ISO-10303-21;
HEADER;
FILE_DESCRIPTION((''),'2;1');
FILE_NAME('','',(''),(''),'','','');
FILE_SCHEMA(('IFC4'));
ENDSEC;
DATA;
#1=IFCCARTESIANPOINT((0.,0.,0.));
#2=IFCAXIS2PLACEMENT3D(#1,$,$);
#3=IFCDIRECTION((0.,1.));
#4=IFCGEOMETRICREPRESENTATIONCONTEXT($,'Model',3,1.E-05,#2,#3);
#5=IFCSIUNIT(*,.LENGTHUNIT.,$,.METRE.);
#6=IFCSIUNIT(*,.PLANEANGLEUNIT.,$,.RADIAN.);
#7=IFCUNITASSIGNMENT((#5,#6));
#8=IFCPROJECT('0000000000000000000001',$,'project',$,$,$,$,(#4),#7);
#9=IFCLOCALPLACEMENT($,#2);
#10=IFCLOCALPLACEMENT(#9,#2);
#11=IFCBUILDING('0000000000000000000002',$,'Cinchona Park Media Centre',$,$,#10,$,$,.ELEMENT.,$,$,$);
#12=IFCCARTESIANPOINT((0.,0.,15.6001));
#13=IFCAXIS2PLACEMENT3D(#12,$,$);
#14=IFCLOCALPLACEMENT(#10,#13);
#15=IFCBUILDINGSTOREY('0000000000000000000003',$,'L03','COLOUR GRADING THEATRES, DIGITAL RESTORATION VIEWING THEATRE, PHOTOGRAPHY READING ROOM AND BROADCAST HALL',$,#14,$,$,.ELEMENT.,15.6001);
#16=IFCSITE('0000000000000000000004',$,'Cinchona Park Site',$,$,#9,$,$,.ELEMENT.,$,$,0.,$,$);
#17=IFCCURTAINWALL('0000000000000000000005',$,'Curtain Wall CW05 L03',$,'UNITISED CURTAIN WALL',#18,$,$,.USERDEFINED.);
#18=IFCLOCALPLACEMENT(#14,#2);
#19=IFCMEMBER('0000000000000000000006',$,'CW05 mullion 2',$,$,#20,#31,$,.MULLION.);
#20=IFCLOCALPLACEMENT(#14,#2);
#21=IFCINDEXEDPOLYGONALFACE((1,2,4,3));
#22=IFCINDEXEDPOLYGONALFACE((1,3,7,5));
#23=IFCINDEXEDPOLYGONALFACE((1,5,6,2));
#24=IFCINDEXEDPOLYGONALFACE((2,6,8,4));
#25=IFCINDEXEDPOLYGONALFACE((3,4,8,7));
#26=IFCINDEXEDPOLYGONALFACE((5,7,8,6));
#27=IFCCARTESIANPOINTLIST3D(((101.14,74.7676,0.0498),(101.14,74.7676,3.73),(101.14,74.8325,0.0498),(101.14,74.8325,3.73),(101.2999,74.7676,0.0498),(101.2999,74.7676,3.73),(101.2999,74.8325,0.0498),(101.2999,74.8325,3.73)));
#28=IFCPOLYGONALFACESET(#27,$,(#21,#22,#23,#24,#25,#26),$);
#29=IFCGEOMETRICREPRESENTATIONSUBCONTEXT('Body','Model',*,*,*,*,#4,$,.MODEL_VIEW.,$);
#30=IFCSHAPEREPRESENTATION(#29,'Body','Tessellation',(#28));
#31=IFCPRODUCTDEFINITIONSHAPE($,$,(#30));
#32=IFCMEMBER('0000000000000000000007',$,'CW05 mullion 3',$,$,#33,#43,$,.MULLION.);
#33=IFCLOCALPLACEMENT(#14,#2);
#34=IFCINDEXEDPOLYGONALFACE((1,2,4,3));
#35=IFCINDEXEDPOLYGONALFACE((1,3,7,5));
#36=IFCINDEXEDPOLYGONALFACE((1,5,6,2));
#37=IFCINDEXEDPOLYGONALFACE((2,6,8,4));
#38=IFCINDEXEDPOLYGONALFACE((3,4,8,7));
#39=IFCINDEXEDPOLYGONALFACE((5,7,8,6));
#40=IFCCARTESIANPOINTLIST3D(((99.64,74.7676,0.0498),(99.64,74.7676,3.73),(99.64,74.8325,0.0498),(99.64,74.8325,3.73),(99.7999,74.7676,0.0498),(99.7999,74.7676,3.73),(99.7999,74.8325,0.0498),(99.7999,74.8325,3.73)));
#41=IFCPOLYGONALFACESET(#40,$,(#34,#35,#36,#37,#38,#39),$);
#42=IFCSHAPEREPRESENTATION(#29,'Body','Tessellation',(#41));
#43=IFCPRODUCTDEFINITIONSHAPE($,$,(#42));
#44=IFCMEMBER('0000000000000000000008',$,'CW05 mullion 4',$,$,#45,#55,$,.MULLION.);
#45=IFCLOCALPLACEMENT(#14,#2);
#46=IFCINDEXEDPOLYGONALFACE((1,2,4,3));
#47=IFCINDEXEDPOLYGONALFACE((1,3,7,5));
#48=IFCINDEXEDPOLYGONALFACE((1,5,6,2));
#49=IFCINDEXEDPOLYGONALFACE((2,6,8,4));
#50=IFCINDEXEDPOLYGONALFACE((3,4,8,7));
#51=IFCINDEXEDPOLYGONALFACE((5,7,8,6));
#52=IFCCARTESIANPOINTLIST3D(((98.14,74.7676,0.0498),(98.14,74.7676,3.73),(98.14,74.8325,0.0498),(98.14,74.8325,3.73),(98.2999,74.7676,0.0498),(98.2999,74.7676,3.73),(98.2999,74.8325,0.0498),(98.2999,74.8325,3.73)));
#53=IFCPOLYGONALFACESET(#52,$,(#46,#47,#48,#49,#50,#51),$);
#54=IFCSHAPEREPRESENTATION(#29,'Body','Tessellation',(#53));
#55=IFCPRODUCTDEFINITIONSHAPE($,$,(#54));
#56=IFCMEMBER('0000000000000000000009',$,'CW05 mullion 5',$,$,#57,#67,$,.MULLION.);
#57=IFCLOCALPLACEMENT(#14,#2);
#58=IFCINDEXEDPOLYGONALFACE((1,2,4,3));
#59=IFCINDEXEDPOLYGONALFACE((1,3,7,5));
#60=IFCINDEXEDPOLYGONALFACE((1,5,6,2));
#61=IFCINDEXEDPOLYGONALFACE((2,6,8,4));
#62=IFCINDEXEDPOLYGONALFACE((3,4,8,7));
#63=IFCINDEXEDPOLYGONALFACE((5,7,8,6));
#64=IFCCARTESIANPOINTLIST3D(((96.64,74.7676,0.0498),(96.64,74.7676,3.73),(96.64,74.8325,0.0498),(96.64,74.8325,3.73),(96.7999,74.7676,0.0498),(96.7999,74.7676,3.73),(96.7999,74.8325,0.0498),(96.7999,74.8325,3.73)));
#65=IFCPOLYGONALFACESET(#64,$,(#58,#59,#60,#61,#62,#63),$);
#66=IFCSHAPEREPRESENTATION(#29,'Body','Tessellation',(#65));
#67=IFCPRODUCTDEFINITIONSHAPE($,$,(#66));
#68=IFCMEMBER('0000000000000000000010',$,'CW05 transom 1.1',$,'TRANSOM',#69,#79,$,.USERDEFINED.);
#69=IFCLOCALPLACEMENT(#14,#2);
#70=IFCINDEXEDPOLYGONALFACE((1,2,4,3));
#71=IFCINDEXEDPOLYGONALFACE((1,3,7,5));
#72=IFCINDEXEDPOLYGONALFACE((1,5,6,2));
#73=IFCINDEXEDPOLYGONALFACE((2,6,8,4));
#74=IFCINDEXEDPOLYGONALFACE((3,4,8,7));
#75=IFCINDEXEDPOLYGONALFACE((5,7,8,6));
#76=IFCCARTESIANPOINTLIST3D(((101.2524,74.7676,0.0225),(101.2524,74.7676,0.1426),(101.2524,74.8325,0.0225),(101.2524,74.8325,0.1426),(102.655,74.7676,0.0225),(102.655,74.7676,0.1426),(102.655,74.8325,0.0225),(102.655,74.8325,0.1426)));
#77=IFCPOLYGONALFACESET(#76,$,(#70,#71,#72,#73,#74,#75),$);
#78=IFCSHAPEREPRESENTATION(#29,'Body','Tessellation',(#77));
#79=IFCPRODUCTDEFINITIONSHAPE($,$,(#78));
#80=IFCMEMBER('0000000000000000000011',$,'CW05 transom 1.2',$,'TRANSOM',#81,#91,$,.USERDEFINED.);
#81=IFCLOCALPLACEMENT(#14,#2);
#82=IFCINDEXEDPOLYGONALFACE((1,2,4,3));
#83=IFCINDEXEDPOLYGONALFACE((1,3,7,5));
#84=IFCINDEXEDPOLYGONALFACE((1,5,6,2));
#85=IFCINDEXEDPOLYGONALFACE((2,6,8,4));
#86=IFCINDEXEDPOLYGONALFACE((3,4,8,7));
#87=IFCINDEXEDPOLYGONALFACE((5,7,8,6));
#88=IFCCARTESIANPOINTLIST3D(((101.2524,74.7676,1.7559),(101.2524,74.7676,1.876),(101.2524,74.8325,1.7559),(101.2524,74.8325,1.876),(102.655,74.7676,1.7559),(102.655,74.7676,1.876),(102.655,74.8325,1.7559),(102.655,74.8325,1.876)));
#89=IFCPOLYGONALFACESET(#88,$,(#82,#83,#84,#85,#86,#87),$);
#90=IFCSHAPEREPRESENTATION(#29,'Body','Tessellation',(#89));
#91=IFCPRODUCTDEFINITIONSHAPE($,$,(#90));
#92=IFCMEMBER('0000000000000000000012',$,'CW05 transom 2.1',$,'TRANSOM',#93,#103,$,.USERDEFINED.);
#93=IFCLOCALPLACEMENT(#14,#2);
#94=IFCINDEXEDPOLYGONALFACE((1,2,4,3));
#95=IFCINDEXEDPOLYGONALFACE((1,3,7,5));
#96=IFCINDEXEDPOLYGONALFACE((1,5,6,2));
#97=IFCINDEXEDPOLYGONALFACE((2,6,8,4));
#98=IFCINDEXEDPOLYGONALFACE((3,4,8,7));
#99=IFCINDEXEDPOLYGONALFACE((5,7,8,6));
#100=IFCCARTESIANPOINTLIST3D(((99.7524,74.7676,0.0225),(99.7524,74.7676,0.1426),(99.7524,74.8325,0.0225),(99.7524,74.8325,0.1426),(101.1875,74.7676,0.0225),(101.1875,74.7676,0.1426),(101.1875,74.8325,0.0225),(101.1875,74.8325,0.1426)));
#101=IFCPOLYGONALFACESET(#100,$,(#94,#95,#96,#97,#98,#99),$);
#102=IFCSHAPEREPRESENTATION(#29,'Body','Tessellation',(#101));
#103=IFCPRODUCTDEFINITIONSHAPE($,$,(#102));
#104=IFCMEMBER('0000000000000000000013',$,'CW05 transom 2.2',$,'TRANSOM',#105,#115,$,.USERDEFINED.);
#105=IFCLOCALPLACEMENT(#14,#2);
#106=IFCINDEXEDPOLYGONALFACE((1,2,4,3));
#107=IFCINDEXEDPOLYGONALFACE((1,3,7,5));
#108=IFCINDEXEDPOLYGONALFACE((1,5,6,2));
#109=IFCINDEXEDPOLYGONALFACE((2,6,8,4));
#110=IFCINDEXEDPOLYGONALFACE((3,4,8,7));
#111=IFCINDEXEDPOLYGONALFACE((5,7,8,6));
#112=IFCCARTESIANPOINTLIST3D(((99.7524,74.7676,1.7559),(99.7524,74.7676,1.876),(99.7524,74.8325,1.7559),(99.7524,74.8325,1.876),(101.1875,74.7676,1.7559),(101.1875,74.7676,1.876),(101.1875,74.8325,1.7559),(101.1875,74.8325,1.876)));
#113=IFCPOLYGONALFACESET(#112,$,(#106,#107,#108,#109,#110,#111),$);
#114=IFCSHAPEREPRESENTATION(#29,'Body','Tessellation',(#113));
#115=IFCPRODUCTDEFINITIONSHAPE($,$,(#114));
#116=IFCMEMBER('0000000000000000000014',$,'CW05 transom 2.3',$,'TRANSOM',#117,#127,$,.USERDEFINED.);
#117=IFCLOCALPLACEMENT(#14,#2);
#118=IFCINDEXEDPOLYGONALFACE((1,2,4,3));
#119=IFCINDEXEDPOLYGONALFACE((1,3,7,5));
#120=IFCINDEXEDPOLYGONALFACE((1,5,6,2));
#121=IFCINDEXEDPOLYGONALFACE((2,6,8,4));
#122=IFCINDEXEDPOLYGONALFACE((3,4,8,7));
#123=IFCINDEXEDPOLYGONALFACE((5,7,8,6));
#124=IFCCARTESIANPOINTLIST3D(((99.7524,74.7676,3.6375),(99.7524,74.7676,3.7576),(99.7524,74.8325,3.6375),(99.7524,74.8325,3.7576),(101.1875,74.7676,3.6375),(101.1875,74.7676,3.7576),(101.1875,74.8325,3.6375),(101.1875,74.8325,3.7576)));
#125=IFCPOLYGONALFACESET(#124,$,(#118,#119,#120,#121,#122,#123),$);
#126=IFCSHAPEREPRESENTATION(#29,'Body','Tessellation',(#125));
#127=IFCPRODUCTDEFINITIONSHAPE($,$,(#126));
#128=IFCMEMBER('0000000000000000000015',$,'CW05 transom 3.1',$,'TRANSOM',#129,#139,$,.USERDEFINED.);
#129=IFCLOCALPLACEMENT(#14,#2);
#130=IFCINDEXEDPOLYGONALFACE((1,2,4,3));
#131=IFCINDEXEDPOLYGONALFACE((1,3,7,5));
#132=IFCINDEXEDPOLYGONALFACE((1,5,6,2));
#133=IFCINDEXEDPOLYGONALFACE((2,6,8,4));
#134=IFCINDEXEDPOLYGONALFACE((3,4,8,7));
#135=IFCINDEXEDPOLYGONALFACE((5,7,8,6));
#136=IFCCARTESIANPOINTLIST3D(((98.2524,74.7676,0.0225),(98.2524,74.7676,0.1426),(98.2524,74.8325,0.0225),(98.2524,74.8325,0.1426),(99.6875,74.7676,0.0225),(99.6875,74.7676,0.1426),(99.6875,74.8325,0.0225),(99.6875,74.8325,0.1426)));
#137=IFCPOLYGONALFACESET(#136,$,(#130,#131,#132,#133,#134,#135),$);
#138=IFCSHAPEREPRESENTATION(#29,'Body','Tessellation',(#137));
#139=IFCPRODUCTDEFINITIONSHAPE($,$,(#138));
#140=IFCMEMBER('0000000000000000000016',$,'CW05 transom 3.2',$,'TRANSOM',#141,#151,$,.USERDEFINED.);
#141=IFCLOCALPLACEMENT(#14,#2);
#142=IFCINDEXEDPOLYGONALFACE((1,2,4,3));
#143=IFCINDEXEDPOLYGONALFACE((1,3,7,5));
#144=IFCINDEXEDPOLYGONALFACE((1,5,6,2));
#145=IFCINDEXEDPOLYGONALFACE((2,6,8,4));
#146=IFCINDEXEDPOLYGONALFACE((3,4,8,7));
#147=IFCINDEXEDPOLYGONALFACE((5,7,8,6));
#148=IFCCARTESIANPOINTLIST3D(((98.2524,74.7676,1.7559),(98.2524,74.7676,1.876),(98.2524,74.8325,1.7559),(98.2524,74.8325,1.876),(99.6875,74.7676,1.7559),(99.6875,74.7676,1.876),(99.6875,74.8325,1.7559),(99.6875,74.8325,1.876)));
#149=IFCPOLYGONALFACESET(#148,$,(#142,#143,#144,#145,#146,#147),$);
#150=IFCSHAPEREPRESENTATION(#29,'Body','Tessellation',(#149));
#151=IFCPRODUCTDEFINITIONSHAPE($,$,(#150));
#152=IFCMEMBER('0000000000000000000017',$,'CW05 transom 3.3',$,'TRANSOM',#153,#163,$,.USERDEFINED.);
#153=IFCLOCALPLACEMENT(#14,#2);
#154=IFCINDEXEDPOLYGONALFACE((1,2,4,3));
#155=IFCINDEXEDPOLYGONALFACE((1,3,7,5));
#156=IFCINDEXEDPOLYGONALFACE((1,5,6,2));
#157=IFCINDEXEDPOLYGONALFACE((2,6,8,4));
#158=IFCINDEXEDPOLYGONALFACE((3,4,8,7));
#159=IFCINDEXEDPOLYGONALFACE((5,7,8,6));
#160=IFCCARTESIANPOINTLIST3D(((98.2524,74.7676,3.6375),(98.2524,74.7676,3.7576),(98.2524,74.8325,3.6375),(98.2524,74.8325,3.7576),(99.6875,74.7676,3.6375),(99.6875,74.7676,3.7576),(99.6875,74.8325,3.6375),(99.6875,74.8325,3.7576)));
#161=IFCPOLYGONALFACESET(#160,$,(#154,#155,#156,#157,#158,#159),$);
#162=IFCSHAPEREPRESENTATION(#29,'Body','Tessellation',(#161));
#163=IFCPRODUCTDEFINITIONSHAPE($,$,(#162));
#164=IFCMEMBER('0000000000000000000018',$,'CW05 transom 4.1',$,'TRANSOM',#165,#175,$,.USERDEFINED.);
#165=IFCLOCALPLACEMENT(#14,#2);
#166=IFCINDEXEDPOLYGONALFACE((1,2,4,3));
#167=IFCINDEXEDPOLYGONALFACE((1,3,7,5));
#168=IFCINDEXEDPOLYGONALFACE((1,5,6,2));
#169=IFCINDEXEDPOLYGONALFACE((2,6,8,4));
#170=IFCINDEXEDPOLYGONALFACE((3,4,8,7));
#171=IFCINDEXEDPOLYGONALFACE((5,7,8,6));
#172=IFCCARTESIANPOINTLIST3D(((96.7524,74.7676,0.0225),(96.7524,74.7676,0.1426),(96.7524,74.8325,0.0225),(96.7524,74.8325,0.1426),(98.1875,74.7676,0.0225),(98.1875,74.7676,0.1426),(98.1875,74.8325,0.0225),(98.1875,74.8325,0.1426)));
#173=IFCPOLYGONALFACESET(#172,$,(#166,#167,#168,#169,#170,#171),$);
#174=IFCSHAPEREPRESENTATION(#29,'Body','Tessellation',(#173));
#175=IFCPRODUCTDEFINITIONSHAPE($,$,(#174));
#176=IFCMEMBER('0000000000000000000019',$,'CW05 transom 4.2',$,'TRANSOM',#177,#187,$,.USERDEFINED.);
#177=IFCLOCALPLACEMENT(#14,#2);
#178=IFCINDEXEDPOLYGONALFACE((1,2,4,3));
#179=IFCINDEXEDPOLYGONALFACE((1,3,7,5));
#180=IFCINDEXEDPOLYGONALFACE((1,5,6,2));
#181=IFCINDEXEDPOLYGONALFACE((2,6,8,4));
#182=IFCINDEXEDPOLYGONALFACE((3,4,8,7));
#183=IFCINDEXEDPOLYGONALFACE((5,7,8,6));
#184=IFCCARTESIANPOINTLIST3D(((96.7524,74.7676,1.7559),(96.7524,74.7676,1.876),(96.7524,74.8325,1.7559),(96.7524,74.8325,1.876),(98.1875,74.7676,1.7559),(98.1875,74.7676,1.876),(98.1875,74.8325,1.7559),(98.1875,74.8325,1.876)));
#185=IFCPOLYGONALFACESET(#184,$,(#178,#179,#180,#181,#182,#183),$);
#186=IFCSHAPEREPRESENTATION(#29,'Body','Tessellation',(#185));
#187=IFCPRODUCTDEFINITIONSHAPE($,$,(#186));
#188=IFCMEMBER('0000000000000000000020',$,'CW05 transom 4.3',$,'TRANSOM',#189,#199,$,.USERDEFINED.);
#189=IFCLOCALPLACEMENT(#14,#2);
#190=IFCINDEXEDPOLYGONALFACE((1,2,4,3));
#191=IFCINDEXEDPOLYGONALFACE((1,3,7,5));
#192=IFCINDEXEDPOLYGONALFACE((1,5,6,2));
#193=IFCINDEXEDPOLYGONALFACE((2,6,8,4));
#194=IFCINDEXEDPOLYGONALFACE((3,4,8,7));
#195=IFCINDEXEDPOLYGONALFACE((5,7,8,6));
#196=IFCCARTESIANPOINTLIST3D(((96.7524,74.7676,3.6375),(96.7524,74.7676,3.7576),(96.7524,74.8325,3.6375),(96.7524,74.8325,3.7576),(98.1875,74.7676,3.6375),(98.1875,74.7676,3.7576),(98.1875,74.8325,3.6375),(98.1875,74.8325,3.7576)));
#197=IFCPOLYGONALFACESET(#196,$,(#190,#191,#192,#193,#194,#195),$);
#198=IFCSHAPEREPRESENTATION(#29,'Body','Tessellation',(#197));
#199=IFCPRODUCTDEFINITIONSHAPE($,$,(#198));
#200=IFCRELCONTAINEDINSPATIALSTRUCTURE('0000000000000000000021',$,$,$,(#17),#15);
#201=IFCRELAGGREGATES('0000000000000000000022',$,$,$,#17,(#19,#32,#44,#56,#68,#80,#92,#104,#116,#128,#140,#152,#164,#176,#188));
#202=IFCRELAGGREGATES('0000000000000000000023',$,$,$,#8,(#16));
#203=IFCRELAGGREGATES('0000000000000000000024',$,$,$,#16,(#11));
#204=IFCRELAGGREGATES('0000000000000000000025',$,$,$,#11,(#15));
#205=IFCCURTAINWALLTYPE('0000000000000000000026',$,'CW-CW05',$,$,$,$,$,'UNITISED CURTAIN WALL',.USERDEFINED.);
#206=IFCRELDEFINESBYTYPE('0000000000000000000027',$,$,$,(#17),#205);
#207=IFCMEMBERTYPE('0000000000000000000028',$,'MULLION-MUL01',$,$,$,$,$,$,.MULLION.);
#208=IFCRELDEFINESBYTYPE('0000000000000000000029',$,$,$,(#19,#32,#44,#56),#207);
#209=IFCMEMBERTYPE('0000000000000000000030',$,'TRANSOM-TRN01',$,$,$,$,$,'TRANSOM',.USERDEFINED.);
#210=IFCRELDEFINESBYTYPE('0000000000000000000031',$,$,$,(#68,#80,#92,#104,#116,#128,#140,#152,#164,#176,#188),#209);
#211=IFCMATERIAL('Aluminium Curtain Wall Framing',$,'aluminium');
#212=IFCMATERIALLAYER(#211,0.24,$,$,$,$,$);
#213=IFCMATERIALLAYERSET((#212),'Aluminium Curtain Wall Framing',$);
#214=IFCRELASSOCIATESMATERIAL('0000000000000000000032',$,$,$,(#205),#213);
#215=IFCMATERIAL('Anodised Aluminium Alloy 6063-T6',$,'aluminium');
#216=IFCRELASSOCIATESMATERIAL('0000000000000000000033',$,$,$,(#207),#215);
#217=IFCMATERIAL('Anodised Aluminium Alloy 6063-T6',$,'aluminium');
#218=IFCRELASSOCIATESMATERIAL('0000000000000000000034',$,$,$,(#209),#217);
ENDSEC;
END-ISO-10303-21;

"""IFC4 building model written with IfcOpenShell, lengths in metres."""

from ifc_helpers import new_model, si_unit, direction, frame, origin, origin_2d, place, context, subcontext, project, spatial, rectangle, extrude, material, layer, layer_set, material_profile, profile_set, type_object, element, aggregate, save


model = new_model("IFC4")

# Units and contexts
model_context = context("Model", 3, precision=1e-05, world=origin(), true_north=direction((0.0, 1.0)))
body_context = subcontext(model_context, "Body", "Model", "MODEL_VIEW")
ifc_project = project(units=[si_unit("LENGTHUNIT", "METRE"), si_unit("PLANEANGLEUNIT", "RADIAN")], contexts=[model_context])

# Site, building, storey
site_placement = place(None, origin())
site = spatial("IfcSite", under=ifc_project, at=site_placement, Name="Cinchona Park Site", CompositionType="ELEMENT", RefElevation=0.0)
building_placement = place(site_placement, origin())
building = spatial("IfcBuilding", under=site, at=building_placement, Name="Cinchona Park Media Centre", CompositionType="ELEMENT")
storey_placement = place(building_placement, frame((0.0, 0.0, 15.6001)))
storey = spatial("IfcBuildingStorey", under=building, at=storey_placement, Name="L03", Description="COLOUR GRADING THEATRES, DIGITAL RESTORATION VIEWING THEATRE, PHOTOGRAPHY READING ROOM AND BROADCAST HALL", CompositionType="ELEMENT", Elevation=15.6001)

# Curtain wall, members
ifc_material_1 = material(Name="Aluminium Curtain Wall Framing", Category="aluminium")
ifc_layer_1 = layer(ifc_material_1, 0.24)
ifc_layer_set_1 = layer_set([ifc_layer_1], Name="Aluminium Curtain Wall Framing")
curtain_wall_type = type_object("IfcCurtainWallType", Name="CW-CW05", ElementType="UNITISED CURTAIN WALL", PredefinedType="USERDEFINED", material=ifc_layer_set_1)
curtain_wall_placement = place(storey_placement, origin())
curtain_wall = element("IfcCurtainWall", 1, at=curtain_wall_placement, inside=storey, type_object=curtain_wall_type, Name="Curtain Wall CW05 L03", ObjectType="UNITISED CURTAIN WALL", PredefinedType="USERDEFINED")
ifc_material_2 = material(Name="Anodised Aluminium Alloy 6063-T6", Category="aluminium")
ifc_material_profile_1 = material_profile(ifc_material_2, rectangle(XDim=0.0649, YDim=0.1599, at=origin_2d()), Name="MUL-65X160")
ifc_profile_set_1 = profile_set([ifc_material_profile_1], Name="Anodised Aluminium Alloy 6063-T6")
member_type_1 = type_object("IfcMemberType", Name="MULLION-MUL01", PredefinedType="MULLION", material=ifc_profile_set_1)
member_1_placement = place(storey_placement, frame((101.22, 74.8, 0.0498), z_axis=(0.0, 0.0, 1.0), x_axis=(0.0, -1.0, 0.0)))
member_1 = element("IfcMember", 2, at=member_1_placement, type_object=member_type_1, Name="CW05 mullion 2", PredefinedType="MULLION", context=body_context, shape_type="SweptSolid", body=[
    extrude(rectangle(XDim=0.0649, YDim=0.1599, at=origin_2d()), origin(), (0.0, 0.0, 1.0), 3.6802),
])
member_2_placement = place(storey_placement, frame((99.72, 74.8, 0.0498), z_axis=(0.0, 0.0, 1.0), x_axis=(0.0, -1.0, 0.0)))
member_2 = element("IfcMember", 3, at=member_2_placement, type_object=member_type_1, Name="CW05 mullion 3", PredefinedType="MULLION", context=body_context, shape_type="SweptSolid", body=[
    extrude(rectangle(XDim=0.0649, YDim=0.1599, at=origin_2d()), origin(), (0.0, 0.0, 1.0), 3.6802),
])
member_3_placement = place(storey_placement, frame((98.22, 74.8, 0.0498), z_axis=(0.0, 0.0, 1.0), x_axis=(0.0, -1.0, 0.0)))
member_3 = element("IfcMember", 4, at=member_3_placement, type_object=member_type_1, Name="CW05 mullion 4", PredefinedType="MULLION", context=body_context, shape_type="SweptSolid", body=[
    extrude(rectangle(XDim=0.0649, YDim=0.1599, at=origin_2d()), origin(), (0.0, 0.0, 1.0), 3.6802),
])
member_4_placement = place(storey_placement, frame((96.72, 74.8, 0.0498), z_axis=(0.0, 0.0, 1.0), x_axis=(0.0, -1.0, 0.0)))
member_4 = element("IfcMember", 5, at=member_4_placement, type_object=member_type_1, Name="CW05 mullion 5", PredefinedType="MULLION", context=body_context, shape_type="SweptSolid", body=[
    extrude(rectangle(XDim=0.0649, YDim=0.1599, at=origin_2d()), origin(), (0.0, 0.0, 1.0), 3.6802),
])
ifc_material_3 = material(Name="Anodised Aluminium Alloy 6063-T6", Category="aluminium")
ifc_material_profile_2 = material_profile(ifc_material_3, rectangle(XDim=0.0649, YDim=0.1201, at=origin_2d()), Name="TRN-65X120")
ifc_profile_set_2 = profile_set([ifc_material_profile_2], Name="Anodised Aluminium Alloy 6063-T6")
member_type_2 = type_object("IfcMemberType", Name="TRANSOM-TRN01", ElementType="TRANSOM", PredefinedType="USERDEFINED", material=ifc_profile_set_2)
member_5_placement = place(storey_placement, frame((102.655, 74.8, 0.0825), z_axis=(-1.0, 0.0, 0.0), x_axis=(0.0, -1.0, 0.0)))
member_5 = element("IfcMember", 6, at=member_5_placement, type_object=member_type_2, Name="CW05 transom 1.1", ObjectType="TRANSOM", PredefinedType="USERDEFINED", context=body_context, shape_type="SweptSolid", body=[
    extrude(rectangle(XDim=0.0649, YDim=0.1201, at=origin_2d()), origin(), (0.0, 0.0, 1.0), 1.4026),
])
member_6_placement = place(storey_placement, frame((102.655, 74.8, 1.8159), z_axis=(-1.0, 0.0, 0.0), x_axis=(0.0, -1.0, 0.0)))
member_6 = element("IfcMember", 7, at=member_6_placement, type_object=member_type_2, Name="CW05 transom 1.2", ObjectType="TRANSOM", PredefinedType="USERDEFINED", context=body_context, shape_type="SweptSolid", body=[
    extrude(rectangle(XDim=0.0649, YDim=0.1201, at=origin_2d()), origin(), (0.0, 0.0, 1.0), 1.4026),
])
member_7_placement = place(storey_placement, frame((101.1875, 74.8, 0.0825), z_axis=(-1.0, 0.0, 0.0), x_axis=(0.0, -1.0, 0.0)))
member_7 = element("IfcMember", 8, at=member_7_placement, type_object=member_type_2, Name="CW05 transom 2.1", ObjectType="TRANSOM", PredefinedType="USERDEFINED", context=body_context, shape_type="SweptSolid", body=[
    extrude(rectangle(XDim=0.0649, YDim=0.1201, at=origin_2d()), origin(), (0.0, 0.0, 1.0), 1.4351),
])
member_8_placement = place(storey_placement, frame((101.1875, 74.8, 1.8159), z_axis=(-1.0, 0.0, 0.0), x_axis=(0.0, -1.0, 0.0)))
member_8 = element("IfcMember", 9, at=member_8_placement, type_object=member_type_2, Name="CW05 transom 2.2", ObjectType="TRANSOM", PredefinedType="USERDEFINED", context=body_context, shape_type="SweptSolid", body=[
    extrude(rectangle(XDim=0.0649, YDim=0.1201, at=origin_2d()), origin(), (0.0, 0.0, 1.0), 1.4351),
])
member_9_placement = place(storey_placement, frame((101.1875, 74.8, 3.6975), z_axis=(-1.0, 0.0, 0.0), x_axis=(0.0, -1.0, 0.0)))
member_9 = element("IfcMember", 10, at=member_9_placement, type_object=member_type_2, Name="CW05 transom 2.3", ObjectType="TRANSOM", PredefinedType="USERDEFINED", context=body_context, shape_type="SweptSolid", body=[
    extrude(rectangle(XDim=0.0649, YDim=0.1201, at=origin_2d()), origin(), (0.0, 0.0, 1.0), 1.4351),
])
member_10_placement = place(storey_placement, frame((99.6875, 74.8, 0.0825), z_axis=(-1.0, 0.0, 0.0), x_axis=(0.0, -1.0, 0.0)))
member_10 = element("IfcMember", 11, at=member_10_placement, type_object=member_type_2, Name="CW05 transom 3.1", ObjectType="TRANSOM", PredefinedType="USERDEFINED", context=body_context, shape_type="SweptSolid", body=[
    extrude(rectangle(XDim=0.0649, YDim=0.1201, at=origin_2d()), origin(), (0.0, 0.0, 1.0), 1.4351),
])
member_11_placement = place(storey_placement, frame((99.6875, 74.8, 1.8159), z_axis=(-1.0, 0.0, 0.0), x_axis=(0.0, -1.0, 0.0)))
member_11 = element("IfcMember", 12, at=member_11_placement, type_object=member_type_2, Name="CW05 transom 3.2", ObjectType="TRANSOM", PredefinedType="USERDEFINED", context=body_context, shape_type="SweptSolid", body=[
    extrude(rectangle(XDim=0.0649, YDim=0.1201, at=origin_2d()), origin(), (0.0, 0.0, 1.0), 1.4351),
])
member_12_placement = place(storey_placement, frame((99.6875, 74.8, 3.6975), z_axis=(-1.0, 0.0, 0.0), x_axis=(0.0, -1.0, 0.0)))
member_12 = element("IfcMember", 13, at=member_12_placement, type_object=member_type_2, Name="CW05 transom 3.3", ObjectType="TRANSOM", PredefinedType="USERDEFINED", context=body_context, shape_type="SweptSolid", body=[
    extrude(rectangle(XDim=0.0649, YDim=0.1201, at=origin_2d()), origin(), (0.0, 0.0, 1.0), 1.4351),
])
member_13_placement = place(storey_placement, frame((98.1875, 74.8, 0.0825), z_axis=(-1.0, 0.0, 0.0), x_axis=(0.0, -1.0, 0.0)))
member_13 = element("IfcMember", 14, at=member_13_placement, type_object=member_type_2, Name="CW05 transom 4.1", ObjectType="TRANSOM", PredefinedType="USERDEFINED", context=body_context, shape_type="SweptSolid", body=[
    extrude(rectangle(XDim=0.0649, YDim=0.1201, at=origin_2d()), origin(), (0.0, 0.0, 1.0), 1.4351),
])
member_14_placement = place(storey_placement, frame((98.1875, 74.8, 1.8159), z_axis=(-1.0, 0.0, 0.0), x_axis=(0.0, -1.0, 0.0)))
member_14 = element("IfcMember", 15, at=member_14_placement, type_object=member_type_2, Name="CW05 transom 4.2", ObjectType="TRANSOM", PredefinedType="USERDEFINED", context=body_context, shape_type="SweptSolid", body=[
    extrude(rectangle(XDim=0.0649, YDim=0.1201, at=origin_2d()), origin(), (0.0, 0.0, 1.0), 1.4351),
])
member_15_placement = place(storey_placement, frame((98.1875, 74.8, 3.6975), z_axis=(-1.0, 0.0, 0.0), x_axis=(0.0, -1.0, 0.0)))
member_15 = element("IfcMember", 16, at=member_15_placement, type_object=member_type_2, Name="CW05 transom 4.3", ObjectType="TRANSOM", PredefinedType="USERDEFINED", context=body_context, shape_type="SweptSolid", body=[
    extrude(rectangle(XDim=0.0649, YDim=0.1201, at=origin_2d()), origin(), (0.0, 0.0, 1.0), 1.4351),
])
aggregate(curtain_wall, [member_1, member_2, member_3, member_4, member_5, member_6, member_7, member_8, member_9, member_10, member_11, member_12, member_13, member_14, member_15])

save(model, "model.ifc")
